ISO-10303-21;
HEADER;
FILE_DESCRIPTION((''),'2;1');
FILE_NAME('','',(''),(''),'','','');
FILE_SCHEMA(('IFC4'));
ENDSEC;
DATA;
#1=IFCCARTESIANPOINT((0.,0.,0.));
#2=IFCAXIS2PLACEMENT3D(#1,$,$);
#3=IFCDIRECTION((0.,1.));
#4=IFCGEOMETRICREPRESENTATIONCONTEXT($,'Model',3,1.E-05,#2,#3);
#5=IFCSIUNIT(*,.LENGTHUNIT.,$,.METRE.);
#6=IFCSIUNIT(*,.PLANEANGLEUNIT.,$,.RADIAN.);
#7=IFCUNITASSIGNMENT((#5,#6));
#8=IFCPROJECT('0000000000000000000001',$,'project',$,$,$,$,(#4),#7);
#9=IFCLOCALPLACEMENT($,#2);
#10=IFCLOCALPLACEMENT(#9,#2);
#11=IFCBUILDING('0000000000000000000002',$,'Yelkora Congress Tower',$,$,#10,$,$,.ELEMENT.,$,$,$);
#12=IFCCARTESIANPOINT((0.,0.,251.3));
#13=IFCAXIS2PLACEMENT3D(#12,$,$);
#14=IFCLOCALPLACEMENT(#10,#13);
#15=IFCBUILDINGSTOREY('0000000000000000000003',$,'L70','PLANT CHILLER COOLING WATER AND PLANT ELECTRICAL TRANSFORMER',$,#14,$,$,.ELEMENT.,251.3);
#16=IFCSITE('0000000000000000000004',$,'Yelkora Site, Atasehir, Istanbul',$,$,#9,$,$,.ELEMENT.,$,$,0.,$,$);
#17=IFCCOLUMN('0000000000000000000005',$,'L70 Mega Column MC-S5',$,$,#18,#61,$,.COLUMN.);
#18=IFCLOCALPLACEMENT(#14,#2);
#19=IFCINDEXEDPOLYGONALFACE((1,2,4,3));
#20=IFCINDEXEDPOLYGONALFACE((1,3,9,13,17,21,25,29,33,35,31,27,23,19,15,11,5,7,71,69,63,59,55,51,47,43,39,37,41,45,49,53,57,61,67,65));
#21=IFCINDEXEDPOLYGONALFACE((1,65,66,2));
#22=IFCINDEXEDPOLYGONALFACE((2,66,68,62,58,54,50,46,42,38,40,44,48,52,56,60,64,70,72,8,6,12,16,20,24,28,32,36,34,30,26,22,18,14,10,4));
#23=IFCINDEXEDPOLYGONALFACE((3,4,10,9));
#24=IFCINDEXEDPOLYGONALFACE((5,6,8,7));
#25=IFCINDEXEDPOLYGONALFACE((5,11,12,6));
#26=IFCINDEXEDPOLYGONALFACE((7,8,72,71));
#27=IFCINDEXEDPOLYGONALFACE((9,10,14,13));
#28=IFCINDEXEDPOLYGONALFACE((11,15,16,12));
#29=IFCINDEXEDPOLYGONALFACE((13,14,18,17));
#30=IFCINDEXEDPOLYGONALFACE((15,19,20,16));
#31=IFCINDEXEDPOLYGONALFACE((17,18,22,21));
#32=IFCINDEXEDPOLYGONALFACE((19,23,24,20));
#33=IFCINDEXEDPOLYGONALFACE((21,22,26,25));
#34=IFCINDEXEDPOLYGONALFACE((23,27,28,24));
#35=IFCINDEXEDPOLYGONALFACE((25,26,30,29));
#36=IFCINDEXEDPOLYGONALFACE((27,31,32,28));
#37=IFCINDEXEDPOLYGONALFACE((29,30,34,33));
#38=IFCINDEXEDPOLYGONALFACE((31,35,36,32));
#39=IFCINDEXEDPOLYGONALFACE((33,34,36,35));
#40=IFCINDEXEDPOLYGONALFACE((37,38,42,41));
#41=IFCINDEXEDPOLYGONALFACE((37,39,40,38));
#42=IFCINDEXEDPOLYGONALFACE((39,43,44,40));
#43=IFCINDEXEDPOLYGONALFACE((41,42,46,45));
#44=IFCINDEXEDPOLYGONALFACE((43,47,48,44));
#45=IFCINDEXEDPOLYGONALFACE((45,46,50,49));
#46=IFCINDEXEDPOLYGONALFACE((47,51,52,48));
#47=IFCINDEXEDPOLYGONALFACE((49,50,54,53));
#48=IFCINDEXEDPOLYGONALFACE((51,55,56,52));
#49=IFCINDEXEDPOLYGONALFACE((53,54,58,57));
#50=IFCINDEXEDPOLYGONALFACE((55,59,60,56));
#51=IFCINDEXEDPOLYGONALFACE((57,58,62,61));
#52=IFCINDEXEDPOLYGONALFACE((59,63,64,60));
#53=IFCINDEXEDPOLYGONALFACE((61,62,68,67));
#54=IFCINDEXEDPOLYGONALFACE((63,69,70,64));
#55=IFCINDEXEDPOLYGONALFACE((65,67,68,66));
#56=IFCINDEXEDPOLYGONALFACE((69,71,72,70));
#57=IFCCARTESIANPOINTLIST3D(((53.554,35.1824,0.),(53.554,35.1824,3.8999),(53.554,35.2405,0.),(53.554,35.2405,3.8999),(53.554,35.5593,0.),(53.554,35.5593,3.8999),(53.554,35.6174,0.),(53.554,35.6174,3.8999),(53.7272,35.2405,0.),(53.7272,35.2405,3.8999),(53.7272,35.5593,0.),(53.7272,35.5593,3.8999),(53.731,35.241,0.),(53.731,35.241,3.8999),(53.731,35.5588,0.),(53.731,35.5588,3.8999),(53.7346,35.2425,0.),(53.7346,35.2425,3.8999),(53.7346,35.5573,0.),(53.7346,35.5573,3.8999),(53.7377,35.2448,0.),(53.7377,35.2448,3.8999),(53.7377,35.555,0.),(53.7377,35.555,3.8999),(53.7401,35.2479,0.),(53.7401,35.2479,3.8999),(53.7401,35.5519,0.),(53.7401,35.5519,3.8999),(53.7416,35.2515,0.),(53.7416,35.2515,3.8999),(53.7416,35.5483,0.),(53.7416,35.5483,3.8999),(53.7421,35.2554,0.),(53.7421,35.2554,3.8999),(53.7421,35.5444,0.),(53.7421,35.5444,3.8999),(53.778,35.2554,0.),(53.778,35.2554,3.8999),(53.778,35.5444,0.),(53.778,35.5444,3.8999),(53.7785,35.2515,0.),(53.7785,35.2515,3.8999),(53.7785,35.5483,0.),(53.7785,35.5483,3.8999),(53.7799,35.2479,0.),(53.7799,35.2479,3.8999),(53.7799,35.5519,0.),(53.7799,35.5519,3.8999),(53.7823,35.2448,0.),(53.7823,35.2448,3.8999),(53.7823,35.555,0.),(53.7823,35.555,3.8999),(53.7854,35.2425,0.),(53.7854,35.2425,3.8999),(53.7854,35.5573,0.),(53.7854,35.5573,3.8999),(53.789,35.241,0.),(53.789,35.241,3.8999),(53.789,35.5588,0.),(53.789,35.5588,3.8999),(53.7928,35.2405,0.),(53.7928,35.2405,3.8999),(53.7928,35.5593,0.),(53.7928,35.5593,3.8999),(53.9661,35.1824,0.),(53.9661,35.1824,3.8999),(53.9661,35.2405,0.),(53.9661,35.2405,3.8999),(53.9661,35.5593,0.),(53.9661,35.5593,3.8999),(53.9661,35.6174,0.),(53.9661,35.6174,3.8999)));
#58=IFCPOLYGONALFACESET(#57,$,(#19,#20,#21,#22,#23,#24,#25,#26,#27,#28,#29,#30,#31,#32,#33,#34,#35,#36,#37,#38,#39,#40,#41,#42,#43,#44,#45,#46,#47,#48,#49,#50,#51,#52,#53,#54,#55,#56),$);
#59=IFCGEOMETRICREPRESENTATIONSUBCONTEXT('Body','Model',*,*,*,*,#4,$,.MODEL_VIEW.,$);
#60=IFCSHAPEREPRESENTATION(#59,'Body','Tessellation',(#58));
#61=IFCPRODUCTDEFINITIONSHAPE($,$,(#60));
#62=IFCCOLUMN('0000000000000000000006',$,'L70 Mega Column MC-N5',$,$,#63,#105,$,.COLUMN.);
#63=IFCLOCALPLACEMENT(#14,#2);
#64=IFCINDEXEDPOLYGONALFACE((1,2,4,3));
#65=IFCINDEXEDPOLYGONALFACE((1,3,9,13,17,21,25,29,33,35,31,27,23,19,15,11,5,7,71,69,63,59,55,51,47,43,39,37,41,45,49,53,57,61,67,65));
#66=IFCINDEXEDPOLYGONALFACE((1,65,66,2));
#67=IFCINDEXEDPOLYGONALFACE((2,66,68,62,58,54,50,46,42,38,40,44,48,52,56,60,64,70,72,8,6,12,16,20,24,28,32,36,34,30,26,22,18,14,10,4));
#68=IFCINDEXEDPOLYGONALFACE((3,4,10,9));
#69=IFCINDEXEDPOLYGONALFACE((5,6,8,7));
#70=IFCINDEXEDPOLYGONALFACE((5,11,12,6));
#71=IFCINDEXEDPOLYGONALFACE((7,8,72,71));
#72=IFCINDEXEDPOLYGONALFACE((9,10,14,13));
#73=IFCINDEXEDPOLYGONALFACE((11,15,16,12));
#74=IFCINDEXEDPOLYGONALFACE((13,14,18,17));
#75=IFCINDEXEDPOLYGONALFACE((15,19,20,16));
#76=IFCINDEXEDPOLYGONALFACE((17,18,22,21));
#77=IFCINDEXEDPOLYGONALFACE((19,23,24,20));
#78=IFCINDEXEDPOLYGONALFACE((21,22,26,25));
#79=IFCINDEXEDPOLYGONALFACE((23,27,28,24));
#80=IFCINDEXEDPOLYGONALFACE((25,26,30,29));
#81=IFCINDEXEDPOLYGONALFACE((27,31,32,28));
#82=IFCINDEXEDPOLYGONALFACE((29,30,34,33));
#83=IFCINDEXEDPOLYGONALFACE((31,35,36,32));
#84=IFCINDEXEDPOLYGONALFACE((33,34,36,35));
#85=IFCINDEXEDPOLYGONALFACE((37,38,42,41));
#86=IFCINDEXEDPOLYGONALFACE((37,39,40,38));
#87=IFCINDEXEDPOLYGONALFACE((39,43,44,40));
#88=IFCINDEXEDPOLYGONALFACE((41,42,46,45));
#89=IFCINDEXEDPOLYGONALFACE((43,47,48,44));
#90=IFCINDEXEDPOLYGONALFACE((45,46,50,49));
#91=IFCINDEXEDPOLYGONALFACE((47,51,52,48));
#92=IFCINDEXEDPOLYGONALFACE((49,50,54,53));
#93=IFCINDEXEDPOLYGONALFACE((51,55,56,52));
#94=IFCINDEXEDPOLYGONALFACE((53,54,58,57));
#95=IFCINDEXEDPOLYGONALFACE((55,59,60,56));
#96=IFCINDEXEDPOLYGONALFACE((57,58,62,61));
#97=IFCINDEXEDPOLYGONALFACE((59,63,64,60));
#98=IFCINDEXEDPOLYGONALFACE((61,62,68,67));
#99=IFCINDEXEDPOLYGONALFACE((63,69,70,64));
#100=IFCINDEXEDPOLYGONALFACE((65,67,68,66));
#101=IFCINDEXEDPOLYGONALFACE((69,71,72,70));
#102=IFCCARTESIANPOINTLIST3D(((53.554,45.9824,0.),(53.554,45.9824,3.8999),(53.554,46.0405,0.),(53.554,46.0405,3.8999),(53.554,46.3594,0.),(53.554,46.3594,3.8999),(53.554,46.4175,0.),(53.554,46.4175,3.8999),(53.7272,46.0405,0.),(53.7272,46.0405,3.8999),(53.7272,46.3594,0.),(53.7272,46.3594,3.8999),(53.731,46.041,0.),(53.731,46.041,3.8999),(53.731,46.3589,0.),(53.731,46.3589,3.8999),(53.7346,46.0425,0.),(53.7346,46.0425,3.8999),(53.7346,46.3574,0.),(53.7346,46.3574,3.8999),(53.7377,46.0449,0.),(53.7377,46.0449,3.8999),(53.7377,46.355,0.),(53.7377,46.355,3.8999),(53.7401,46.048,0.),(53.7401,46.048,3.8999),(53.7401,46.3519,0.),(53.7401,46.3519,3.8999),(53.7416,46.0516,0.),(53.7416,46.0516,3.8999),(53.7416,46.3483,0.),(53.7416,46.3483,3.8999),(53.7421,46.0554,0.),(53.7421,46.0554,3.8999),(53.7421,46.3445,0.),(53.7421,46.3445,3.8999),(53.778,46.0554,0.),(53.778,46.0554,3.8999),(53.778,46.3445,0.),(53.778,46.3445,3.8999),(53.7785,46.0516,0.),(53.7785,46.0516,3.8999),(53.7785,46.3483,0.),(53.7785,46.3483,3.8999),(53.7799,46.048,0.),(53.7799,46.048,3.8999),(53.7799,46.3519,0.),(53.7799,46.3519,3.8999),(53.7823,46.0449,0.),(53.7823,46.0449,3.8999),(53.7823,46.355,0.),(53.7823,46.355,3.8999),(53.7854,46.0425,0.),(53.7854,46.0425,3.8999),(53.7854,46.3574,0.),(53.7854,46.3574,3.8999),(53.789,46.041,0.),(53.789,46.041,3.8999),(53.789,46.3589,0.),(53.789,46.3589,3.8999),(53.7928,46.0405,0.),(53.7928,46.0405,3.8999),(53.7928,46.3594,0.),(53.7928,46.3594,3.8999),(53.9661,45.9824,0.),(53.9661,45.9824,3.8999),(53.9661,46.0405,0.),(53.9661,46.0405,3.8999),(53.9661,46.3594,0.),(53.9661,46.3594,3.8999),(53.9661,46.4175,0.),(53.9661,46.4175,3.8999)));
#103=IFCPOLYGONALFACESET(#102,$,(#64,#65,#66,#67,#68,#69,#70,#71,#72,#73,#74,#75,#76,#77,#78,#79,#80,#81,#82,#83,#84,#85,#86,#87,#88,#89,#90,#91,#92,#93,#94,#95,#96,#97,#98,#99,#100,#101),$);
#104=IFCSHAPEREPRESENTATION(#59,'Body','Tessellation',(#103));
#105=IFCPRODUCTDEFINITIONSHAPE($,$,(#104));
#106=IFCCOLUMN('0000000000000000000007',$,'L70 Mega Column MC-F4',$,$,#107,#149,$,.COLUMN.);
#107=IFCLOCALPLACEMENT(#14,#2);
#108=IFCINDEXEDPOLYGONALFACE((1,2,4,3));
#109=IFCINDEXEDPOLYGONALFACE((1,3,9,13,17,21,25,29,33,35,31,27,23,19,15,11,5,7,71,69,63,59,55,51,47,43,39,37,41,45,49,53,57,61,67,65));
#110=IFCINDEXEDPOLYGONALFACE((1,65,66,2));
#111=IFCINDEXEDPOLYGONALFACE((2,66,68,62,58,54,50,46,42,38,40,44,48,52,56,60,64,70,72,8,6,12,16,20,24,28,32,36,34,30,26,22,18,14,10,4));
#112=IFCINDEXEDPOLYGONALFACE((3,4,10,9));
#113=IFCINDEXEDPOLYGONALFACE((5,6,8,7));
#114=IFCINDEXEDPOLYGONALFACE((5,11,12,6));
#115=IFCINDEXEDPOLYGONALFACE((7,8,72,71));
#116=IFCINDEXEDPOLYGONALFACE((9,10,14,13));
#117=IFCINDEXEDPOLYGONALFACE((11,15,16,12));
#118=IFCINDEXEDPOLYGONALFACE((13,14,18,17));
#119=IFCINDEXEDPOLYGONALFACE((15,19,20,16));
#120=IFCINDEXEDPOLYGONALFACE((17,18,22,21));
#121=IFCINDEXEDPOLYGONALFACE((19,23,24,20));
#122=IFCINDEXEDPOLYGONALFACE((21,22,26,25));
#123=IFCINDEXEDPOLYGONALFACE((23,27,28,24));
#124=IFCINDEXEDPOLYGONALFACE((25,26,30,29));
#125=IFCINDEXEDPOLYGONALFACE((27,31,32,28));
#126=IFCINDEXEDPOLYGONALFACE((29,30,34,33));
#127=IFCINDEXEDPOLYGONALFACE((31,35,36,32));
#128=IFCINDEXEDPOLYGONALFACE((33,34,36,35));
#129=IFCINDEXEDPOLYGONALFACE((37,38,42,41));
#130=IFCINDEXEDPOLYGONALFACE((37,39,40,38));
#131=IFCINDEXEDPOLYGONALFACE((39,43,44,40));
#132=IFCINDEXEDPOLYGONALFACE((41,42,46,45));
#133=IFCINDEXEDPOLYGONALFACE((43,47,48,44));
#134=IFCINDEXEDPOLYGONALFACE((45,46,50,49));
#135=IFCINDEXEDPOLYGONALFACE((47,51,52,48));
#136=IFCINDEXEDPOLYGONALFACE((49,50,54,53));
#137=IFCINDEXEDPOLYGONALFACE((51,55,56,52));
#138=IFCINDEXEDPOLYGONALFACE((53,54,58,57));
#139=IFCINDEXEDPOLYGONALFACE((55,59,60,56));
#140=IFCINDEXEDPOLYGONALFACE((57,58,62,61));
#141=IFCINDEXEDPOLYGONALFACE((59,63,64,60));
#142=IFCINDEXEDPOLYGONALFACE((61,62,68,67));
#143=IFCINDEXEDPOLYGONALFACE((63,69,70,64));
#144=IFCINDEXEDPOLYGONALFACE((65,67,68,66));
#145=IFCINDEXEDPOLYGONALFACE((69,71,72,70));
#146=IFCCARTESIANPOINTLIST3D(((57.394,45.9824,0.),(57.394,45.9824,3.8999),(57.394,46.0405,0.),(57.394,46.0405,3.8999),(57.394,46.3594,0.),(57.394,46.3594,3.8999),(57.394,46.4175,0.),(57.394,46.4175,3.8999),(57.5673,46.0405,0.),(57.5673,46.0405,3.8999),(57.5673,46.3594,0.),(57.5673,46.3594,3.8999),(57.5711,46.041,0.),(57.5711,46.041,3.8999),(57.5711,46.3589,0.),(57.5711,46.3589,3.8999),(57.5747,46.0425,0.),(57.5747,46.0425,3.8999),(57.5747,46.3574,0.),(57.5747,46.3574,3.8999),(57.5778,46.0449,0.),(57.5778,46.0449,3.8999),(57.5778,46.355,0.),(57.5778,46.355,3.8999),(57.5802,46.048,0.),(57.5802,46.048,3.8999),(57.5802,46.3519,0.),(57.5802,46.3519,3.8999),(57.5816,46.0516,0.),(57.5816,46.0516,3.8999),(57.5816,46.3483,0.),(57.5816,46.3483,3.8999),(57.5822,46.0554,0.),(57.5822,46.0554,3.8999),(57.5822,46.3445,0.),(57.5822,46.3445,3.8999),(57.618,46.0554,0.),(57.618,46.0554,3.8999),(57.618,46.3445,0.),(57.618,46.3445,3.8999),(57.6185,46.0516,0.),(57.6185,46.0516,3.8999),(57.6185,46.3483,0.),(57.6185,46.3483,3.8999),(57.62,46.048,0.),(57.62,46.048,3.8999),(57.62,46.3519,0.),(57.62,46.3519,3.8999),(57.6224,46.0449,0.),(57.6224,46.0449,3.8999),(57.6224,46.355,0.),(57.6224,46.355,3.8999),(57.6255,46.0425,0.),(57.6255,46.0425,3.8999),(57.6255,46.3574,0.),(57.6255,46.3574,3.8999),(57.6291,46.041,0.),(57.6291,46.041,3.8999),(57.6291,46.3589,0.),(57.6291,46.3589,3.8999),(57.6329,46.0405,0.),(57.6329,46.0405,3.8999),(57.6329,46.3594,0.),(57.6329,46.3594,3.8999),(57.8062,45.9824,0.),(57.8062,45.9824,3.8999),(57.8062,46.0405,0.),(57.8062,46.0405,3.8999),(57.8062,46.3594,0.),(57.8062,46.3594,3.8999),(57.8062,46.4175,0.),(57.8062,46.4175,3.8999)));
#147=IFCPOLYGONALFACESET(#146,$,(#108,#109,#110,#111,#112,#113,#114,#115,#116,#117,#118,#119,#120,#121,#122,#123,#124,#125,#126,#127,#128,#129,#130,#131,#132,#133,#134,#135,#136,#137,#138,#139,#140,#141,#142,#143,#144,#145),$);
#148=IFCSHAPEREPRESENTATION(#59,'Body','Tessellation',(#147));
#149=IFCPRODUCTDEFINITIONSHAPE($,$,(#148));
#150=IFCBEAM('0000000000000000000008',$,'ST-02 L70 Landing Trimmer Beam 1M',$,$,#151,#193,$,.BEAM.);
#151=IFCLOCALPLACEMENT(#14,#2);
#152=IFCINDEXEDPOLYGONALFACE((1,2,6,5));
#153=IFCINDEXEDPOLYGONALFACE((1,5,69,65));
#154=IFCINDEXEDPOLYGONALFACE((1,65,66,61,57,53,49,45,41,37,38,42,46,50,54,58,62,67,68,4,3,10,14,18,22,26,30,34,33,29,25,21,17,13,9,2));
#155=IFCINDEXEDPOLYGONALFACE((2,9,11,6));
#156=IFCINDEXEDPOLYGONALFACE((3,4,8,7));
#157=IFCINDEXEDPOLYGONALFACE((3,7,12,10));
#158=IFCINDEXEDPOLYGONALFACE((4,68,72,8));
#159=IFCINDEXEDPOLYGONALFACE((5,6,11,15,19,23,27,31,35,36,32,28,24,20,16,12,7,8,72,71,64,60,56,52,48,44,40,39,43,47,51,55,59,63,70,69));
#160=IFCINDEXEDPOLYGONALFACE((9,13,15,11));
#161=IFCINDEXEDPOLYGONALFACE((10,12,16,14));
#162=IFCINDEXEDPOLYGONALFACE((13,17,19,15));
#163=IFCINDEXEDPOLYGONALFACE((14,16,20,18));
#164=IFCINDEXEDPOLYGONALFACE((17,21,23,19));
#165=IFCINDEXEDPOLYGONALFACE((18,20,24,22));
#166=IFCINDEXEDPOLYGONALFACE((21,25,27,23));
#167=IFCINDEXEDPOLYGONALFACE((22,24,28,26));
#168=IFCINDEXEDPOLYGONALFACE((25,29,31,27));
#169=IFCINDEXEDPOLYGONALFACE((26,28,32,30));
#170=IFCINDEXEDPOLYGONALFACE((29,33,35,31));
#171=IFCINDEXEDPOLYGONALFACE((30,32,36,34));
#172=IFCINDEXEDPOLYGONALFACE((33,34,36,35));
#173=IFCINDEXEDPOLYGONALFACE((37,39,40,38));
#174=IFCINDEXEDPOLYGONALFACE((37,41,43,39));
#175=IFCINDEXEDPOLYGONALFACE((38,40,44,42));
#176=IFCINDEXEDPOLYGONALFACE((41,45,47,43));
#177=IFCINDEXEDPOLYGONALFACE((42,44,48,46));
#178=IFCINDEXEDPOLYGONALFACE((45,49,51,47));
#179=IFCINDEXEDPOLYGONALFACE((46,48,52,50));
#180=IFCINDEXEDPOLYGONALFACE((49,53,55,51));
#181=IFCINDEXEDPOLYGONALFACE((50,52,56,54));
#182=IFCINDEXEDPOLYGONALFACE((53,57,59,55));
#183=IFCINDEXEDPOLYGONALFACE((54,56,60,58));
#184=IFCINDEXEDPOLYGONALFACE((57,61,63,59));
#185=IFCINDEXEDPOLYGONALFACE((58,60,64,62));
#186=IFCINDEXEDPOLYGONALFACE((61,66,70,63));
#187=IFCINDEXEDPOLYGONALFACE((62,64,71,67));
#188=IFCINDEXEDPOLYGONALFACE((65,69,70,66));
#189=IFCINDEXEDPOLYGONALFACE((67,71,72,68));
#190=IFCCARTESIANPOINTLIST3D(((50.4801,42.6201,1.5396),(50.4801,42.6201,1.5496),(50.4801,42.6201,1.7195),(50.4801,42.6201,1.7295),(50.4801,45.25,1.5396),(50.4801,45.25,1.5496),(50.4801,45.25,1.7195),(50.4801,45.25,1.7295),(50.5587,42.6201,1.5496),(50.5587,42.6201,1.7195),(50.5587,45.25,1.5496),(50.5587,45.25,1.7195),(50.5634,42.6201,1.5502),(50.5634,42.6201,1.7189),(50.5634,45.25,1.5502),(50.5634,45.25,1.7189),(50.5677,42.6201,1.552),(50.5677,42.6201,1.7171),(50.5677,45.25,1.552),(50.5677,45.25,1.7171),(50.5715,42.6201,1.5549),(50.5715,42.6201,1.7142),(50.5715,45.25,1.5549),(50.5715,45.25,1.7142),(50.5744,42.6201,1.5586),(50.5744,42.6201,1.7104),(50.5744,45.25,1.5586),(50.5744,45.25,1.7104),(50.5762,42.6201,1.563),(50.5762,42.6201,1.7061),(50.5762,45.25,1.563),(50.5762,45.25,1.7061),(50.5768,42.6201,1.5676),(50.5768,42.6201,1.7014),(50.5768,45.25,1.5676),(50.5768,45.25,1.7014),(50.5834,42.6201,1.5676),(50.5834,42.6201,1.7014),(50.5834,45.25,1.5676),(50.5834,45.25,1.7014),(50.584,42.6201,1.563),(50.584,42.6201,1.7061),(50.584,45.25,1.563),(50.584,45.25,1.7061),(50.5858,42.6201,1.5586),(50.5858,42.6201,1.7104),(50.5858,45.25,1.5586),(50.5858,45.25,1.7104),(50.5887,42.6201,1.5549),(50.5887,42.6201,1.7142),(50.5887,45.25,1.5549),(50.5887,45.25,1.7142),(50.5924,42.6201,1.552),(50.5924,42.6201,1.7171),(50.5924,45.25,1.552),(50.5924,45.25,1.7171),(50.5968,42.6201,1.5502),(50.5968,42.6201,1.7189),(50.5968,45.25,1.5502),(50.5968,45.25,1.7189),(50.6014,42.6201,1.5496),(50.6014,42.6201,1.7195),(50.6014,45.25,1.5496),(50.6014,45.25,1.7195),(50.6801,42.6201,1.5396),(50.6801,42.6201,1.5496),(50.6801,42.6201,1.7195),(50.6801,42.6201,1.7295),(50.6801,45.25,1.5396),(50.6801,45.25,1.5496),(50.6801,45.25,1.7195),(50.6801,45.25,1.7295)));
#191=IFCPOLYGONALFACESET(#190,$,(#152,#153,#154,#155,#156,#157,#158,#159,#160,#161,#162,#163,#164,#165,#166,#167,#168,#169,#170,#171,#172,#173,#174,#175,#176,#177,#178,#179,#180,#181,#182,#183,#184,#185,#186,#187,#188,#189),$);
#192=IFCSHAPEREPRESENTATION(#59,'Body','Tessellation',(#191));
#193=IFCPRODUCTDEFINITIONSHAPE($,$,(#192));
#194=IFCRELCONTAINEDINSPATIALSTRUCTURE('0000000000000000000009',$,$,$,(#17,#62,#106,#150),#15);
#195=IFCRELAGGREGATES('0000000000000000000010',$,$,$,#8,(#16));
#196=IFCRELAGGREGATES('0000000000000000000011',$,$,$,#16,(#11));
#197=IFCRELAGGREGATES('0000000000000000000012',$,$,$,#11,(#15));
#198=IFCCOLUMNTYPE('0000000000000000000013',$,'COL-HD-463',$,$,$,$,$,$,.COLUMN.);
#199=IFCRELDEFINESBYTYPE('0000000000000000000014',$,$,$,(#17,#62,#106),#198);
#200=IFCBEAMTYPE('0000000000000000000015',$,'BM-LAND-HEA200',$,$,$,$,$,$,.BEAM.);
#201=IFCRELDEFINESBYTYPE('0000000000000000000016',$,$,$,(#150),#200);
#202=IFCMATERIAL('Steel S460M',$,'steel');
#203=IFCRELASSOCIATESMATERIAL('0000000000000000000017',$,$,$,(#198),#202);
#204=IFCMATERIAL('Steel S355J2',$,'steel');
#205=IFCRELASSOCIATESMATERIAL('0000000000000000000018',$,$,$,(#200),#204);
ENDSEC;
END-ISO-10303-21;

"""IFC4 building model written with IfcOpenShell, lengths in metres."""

from ifc_helpers import new_model, si_unit, direction, frame, origin, origin_2d, place, context, subcontext, project, spatial, i_section, extrude, material, material_profile, profile_set, type_object, element, save


model = new_model("IFC4")

# Units and contexts
model_context = context("Model", 3, precision=1e-05, world=origin(), true_north=direction((0.0, 1.0)))
body_context = subcontext(model_context, "Body", "Model", "MODEL_VIEW")
ifc_project = project(units=[si_unit("LENGTHUNIT", "METRE"), si_unit("PLANEANGLEUNIT", "RADIAN")], contexts=[model_context])

# Site, building, storey
site_placement = place(None, origin())
site = spatial("IfcSite", under=ifc_project, at=site_placement, Name="Yelkora Site, Atasehir, Istanbul", CompositionType="ELEMENT", RefElevation=0.0)
building_placement = place(site_placement, origin())
building = spatial("IfcBuilding", under=site, at=building_placement, Name="Yelkora Congress Tower", CompositionType="ELEMENT")
storey_placement = place(building_placement, frame((0.0, 0.0, 251.3)))
storey = spatial("IfcBuildingStorey", under=building, at=storey_placement, Name="L70", Description="PLANT CHILLER COOLING WATER AND PLANT ELECTRICAL TRANSFORMER", CompositionType="ELEMENT", Elevation=251.3)

# Columns
ifc_material_1 = material(Name="Steel S460M", Category="steel")
ifc_material_profile_1 = material_profile(ifc_material_1, i_section(OverallWidth=0.4121, OverallDepth=0.4351, WebThickness=0.0359, FlangeThickness=0.0581, FilletRadius=0.0149, at=origin_2d()), Name="HD 400x463")
ifc_profile_set_1 = profile_set([ifc_material_profile_1], Name="Steel S460M")
column_type = type_object("IfcColumnType", Name="COL-HD-463", PredefinedType="COLUMN", material=ifc_profile_set_1)
for number, where, z_axis, x_axis, name in (
    (1, (53.76, 35.3999, 0.0), (0.0, 0.0, 1.0), (1.0, 0.0, 0.0), "L70 Mega Column MC-S5"),
    (2, (53.76, 46.2, 0.0), (0.0, 0.0, 1.0), (1.0, 0.0, 0.0), "L70 Mega Column MC-N5"),
    (3, (57.6001, 46.2, 0.0), (0.0, 0.0, 1.0), (1.0, 0.0, 0.0), "L70 Mega Column MC-F4"),
):
    element("IfcColumn", number, at=place(storey_placement, frame(where, z_axis=z_axis, x_axis=x_axis)), inside=storey, type_object=column_type, Name=name, PredefinedType="COLUMN", context=body_context, shape_type="SweptSolid", body=[
        extrude(i_section(OverallWidth=0.4121, OverallDepth=0.4351, WebThickness=0.0359, FlangeThickness=0.0581, FilletRadius=0.0149, at=origin_2d()), origin(), (0.0, 0.0, 1.0), 3.8999),
    ])

# Beam
ifc_material_2 = material(Name="Steel S355J2", Category="steel")
ifc_material_profile_2 = material_profile(ifc_material_2, i_section(OverallWidth=0.2, OverallDepth=0.1899, WebThickness=0.0066, FlangeThickness=0.01, FilletRadius=0.0181, at=origin_2d()), Name="HEA 200")
ifc_profile_set_2 = profile_set([ifc_material_profile_2], Name="Steel S355J2")
beam_type = type_object("IfcBeamType", Name="BM-LAND-HEA200", PredefinedType="BEAM", material=ifc_profile_set_2)
beam_placement = place(storey_placement, frame((50.5801, 42.6201, 1.6345), z_axis=(0.0, 1.0, 0.0), x_axis=(-1.0, 0.0, 0.0)))
element("IfcBeam", 4, at=beam_placement, inside=storey, type_object=beam_type, Name="ST-02 L70 Landing Trimmer Beam 1M", PredefinedType="BEAM", context=body_context, shape_type="SweptSolid", body=[
    extrude(i_section(OverallWidth=0.2, OverallDepth=0.1899, WebThickness=0.0066, FlangeThickness=0.01, FilletRadius=0.0181, at=origin_2d()), origin(), (0.0, 0.0, 1.0), 2.6299),
])

save(model, "model.ifc")
